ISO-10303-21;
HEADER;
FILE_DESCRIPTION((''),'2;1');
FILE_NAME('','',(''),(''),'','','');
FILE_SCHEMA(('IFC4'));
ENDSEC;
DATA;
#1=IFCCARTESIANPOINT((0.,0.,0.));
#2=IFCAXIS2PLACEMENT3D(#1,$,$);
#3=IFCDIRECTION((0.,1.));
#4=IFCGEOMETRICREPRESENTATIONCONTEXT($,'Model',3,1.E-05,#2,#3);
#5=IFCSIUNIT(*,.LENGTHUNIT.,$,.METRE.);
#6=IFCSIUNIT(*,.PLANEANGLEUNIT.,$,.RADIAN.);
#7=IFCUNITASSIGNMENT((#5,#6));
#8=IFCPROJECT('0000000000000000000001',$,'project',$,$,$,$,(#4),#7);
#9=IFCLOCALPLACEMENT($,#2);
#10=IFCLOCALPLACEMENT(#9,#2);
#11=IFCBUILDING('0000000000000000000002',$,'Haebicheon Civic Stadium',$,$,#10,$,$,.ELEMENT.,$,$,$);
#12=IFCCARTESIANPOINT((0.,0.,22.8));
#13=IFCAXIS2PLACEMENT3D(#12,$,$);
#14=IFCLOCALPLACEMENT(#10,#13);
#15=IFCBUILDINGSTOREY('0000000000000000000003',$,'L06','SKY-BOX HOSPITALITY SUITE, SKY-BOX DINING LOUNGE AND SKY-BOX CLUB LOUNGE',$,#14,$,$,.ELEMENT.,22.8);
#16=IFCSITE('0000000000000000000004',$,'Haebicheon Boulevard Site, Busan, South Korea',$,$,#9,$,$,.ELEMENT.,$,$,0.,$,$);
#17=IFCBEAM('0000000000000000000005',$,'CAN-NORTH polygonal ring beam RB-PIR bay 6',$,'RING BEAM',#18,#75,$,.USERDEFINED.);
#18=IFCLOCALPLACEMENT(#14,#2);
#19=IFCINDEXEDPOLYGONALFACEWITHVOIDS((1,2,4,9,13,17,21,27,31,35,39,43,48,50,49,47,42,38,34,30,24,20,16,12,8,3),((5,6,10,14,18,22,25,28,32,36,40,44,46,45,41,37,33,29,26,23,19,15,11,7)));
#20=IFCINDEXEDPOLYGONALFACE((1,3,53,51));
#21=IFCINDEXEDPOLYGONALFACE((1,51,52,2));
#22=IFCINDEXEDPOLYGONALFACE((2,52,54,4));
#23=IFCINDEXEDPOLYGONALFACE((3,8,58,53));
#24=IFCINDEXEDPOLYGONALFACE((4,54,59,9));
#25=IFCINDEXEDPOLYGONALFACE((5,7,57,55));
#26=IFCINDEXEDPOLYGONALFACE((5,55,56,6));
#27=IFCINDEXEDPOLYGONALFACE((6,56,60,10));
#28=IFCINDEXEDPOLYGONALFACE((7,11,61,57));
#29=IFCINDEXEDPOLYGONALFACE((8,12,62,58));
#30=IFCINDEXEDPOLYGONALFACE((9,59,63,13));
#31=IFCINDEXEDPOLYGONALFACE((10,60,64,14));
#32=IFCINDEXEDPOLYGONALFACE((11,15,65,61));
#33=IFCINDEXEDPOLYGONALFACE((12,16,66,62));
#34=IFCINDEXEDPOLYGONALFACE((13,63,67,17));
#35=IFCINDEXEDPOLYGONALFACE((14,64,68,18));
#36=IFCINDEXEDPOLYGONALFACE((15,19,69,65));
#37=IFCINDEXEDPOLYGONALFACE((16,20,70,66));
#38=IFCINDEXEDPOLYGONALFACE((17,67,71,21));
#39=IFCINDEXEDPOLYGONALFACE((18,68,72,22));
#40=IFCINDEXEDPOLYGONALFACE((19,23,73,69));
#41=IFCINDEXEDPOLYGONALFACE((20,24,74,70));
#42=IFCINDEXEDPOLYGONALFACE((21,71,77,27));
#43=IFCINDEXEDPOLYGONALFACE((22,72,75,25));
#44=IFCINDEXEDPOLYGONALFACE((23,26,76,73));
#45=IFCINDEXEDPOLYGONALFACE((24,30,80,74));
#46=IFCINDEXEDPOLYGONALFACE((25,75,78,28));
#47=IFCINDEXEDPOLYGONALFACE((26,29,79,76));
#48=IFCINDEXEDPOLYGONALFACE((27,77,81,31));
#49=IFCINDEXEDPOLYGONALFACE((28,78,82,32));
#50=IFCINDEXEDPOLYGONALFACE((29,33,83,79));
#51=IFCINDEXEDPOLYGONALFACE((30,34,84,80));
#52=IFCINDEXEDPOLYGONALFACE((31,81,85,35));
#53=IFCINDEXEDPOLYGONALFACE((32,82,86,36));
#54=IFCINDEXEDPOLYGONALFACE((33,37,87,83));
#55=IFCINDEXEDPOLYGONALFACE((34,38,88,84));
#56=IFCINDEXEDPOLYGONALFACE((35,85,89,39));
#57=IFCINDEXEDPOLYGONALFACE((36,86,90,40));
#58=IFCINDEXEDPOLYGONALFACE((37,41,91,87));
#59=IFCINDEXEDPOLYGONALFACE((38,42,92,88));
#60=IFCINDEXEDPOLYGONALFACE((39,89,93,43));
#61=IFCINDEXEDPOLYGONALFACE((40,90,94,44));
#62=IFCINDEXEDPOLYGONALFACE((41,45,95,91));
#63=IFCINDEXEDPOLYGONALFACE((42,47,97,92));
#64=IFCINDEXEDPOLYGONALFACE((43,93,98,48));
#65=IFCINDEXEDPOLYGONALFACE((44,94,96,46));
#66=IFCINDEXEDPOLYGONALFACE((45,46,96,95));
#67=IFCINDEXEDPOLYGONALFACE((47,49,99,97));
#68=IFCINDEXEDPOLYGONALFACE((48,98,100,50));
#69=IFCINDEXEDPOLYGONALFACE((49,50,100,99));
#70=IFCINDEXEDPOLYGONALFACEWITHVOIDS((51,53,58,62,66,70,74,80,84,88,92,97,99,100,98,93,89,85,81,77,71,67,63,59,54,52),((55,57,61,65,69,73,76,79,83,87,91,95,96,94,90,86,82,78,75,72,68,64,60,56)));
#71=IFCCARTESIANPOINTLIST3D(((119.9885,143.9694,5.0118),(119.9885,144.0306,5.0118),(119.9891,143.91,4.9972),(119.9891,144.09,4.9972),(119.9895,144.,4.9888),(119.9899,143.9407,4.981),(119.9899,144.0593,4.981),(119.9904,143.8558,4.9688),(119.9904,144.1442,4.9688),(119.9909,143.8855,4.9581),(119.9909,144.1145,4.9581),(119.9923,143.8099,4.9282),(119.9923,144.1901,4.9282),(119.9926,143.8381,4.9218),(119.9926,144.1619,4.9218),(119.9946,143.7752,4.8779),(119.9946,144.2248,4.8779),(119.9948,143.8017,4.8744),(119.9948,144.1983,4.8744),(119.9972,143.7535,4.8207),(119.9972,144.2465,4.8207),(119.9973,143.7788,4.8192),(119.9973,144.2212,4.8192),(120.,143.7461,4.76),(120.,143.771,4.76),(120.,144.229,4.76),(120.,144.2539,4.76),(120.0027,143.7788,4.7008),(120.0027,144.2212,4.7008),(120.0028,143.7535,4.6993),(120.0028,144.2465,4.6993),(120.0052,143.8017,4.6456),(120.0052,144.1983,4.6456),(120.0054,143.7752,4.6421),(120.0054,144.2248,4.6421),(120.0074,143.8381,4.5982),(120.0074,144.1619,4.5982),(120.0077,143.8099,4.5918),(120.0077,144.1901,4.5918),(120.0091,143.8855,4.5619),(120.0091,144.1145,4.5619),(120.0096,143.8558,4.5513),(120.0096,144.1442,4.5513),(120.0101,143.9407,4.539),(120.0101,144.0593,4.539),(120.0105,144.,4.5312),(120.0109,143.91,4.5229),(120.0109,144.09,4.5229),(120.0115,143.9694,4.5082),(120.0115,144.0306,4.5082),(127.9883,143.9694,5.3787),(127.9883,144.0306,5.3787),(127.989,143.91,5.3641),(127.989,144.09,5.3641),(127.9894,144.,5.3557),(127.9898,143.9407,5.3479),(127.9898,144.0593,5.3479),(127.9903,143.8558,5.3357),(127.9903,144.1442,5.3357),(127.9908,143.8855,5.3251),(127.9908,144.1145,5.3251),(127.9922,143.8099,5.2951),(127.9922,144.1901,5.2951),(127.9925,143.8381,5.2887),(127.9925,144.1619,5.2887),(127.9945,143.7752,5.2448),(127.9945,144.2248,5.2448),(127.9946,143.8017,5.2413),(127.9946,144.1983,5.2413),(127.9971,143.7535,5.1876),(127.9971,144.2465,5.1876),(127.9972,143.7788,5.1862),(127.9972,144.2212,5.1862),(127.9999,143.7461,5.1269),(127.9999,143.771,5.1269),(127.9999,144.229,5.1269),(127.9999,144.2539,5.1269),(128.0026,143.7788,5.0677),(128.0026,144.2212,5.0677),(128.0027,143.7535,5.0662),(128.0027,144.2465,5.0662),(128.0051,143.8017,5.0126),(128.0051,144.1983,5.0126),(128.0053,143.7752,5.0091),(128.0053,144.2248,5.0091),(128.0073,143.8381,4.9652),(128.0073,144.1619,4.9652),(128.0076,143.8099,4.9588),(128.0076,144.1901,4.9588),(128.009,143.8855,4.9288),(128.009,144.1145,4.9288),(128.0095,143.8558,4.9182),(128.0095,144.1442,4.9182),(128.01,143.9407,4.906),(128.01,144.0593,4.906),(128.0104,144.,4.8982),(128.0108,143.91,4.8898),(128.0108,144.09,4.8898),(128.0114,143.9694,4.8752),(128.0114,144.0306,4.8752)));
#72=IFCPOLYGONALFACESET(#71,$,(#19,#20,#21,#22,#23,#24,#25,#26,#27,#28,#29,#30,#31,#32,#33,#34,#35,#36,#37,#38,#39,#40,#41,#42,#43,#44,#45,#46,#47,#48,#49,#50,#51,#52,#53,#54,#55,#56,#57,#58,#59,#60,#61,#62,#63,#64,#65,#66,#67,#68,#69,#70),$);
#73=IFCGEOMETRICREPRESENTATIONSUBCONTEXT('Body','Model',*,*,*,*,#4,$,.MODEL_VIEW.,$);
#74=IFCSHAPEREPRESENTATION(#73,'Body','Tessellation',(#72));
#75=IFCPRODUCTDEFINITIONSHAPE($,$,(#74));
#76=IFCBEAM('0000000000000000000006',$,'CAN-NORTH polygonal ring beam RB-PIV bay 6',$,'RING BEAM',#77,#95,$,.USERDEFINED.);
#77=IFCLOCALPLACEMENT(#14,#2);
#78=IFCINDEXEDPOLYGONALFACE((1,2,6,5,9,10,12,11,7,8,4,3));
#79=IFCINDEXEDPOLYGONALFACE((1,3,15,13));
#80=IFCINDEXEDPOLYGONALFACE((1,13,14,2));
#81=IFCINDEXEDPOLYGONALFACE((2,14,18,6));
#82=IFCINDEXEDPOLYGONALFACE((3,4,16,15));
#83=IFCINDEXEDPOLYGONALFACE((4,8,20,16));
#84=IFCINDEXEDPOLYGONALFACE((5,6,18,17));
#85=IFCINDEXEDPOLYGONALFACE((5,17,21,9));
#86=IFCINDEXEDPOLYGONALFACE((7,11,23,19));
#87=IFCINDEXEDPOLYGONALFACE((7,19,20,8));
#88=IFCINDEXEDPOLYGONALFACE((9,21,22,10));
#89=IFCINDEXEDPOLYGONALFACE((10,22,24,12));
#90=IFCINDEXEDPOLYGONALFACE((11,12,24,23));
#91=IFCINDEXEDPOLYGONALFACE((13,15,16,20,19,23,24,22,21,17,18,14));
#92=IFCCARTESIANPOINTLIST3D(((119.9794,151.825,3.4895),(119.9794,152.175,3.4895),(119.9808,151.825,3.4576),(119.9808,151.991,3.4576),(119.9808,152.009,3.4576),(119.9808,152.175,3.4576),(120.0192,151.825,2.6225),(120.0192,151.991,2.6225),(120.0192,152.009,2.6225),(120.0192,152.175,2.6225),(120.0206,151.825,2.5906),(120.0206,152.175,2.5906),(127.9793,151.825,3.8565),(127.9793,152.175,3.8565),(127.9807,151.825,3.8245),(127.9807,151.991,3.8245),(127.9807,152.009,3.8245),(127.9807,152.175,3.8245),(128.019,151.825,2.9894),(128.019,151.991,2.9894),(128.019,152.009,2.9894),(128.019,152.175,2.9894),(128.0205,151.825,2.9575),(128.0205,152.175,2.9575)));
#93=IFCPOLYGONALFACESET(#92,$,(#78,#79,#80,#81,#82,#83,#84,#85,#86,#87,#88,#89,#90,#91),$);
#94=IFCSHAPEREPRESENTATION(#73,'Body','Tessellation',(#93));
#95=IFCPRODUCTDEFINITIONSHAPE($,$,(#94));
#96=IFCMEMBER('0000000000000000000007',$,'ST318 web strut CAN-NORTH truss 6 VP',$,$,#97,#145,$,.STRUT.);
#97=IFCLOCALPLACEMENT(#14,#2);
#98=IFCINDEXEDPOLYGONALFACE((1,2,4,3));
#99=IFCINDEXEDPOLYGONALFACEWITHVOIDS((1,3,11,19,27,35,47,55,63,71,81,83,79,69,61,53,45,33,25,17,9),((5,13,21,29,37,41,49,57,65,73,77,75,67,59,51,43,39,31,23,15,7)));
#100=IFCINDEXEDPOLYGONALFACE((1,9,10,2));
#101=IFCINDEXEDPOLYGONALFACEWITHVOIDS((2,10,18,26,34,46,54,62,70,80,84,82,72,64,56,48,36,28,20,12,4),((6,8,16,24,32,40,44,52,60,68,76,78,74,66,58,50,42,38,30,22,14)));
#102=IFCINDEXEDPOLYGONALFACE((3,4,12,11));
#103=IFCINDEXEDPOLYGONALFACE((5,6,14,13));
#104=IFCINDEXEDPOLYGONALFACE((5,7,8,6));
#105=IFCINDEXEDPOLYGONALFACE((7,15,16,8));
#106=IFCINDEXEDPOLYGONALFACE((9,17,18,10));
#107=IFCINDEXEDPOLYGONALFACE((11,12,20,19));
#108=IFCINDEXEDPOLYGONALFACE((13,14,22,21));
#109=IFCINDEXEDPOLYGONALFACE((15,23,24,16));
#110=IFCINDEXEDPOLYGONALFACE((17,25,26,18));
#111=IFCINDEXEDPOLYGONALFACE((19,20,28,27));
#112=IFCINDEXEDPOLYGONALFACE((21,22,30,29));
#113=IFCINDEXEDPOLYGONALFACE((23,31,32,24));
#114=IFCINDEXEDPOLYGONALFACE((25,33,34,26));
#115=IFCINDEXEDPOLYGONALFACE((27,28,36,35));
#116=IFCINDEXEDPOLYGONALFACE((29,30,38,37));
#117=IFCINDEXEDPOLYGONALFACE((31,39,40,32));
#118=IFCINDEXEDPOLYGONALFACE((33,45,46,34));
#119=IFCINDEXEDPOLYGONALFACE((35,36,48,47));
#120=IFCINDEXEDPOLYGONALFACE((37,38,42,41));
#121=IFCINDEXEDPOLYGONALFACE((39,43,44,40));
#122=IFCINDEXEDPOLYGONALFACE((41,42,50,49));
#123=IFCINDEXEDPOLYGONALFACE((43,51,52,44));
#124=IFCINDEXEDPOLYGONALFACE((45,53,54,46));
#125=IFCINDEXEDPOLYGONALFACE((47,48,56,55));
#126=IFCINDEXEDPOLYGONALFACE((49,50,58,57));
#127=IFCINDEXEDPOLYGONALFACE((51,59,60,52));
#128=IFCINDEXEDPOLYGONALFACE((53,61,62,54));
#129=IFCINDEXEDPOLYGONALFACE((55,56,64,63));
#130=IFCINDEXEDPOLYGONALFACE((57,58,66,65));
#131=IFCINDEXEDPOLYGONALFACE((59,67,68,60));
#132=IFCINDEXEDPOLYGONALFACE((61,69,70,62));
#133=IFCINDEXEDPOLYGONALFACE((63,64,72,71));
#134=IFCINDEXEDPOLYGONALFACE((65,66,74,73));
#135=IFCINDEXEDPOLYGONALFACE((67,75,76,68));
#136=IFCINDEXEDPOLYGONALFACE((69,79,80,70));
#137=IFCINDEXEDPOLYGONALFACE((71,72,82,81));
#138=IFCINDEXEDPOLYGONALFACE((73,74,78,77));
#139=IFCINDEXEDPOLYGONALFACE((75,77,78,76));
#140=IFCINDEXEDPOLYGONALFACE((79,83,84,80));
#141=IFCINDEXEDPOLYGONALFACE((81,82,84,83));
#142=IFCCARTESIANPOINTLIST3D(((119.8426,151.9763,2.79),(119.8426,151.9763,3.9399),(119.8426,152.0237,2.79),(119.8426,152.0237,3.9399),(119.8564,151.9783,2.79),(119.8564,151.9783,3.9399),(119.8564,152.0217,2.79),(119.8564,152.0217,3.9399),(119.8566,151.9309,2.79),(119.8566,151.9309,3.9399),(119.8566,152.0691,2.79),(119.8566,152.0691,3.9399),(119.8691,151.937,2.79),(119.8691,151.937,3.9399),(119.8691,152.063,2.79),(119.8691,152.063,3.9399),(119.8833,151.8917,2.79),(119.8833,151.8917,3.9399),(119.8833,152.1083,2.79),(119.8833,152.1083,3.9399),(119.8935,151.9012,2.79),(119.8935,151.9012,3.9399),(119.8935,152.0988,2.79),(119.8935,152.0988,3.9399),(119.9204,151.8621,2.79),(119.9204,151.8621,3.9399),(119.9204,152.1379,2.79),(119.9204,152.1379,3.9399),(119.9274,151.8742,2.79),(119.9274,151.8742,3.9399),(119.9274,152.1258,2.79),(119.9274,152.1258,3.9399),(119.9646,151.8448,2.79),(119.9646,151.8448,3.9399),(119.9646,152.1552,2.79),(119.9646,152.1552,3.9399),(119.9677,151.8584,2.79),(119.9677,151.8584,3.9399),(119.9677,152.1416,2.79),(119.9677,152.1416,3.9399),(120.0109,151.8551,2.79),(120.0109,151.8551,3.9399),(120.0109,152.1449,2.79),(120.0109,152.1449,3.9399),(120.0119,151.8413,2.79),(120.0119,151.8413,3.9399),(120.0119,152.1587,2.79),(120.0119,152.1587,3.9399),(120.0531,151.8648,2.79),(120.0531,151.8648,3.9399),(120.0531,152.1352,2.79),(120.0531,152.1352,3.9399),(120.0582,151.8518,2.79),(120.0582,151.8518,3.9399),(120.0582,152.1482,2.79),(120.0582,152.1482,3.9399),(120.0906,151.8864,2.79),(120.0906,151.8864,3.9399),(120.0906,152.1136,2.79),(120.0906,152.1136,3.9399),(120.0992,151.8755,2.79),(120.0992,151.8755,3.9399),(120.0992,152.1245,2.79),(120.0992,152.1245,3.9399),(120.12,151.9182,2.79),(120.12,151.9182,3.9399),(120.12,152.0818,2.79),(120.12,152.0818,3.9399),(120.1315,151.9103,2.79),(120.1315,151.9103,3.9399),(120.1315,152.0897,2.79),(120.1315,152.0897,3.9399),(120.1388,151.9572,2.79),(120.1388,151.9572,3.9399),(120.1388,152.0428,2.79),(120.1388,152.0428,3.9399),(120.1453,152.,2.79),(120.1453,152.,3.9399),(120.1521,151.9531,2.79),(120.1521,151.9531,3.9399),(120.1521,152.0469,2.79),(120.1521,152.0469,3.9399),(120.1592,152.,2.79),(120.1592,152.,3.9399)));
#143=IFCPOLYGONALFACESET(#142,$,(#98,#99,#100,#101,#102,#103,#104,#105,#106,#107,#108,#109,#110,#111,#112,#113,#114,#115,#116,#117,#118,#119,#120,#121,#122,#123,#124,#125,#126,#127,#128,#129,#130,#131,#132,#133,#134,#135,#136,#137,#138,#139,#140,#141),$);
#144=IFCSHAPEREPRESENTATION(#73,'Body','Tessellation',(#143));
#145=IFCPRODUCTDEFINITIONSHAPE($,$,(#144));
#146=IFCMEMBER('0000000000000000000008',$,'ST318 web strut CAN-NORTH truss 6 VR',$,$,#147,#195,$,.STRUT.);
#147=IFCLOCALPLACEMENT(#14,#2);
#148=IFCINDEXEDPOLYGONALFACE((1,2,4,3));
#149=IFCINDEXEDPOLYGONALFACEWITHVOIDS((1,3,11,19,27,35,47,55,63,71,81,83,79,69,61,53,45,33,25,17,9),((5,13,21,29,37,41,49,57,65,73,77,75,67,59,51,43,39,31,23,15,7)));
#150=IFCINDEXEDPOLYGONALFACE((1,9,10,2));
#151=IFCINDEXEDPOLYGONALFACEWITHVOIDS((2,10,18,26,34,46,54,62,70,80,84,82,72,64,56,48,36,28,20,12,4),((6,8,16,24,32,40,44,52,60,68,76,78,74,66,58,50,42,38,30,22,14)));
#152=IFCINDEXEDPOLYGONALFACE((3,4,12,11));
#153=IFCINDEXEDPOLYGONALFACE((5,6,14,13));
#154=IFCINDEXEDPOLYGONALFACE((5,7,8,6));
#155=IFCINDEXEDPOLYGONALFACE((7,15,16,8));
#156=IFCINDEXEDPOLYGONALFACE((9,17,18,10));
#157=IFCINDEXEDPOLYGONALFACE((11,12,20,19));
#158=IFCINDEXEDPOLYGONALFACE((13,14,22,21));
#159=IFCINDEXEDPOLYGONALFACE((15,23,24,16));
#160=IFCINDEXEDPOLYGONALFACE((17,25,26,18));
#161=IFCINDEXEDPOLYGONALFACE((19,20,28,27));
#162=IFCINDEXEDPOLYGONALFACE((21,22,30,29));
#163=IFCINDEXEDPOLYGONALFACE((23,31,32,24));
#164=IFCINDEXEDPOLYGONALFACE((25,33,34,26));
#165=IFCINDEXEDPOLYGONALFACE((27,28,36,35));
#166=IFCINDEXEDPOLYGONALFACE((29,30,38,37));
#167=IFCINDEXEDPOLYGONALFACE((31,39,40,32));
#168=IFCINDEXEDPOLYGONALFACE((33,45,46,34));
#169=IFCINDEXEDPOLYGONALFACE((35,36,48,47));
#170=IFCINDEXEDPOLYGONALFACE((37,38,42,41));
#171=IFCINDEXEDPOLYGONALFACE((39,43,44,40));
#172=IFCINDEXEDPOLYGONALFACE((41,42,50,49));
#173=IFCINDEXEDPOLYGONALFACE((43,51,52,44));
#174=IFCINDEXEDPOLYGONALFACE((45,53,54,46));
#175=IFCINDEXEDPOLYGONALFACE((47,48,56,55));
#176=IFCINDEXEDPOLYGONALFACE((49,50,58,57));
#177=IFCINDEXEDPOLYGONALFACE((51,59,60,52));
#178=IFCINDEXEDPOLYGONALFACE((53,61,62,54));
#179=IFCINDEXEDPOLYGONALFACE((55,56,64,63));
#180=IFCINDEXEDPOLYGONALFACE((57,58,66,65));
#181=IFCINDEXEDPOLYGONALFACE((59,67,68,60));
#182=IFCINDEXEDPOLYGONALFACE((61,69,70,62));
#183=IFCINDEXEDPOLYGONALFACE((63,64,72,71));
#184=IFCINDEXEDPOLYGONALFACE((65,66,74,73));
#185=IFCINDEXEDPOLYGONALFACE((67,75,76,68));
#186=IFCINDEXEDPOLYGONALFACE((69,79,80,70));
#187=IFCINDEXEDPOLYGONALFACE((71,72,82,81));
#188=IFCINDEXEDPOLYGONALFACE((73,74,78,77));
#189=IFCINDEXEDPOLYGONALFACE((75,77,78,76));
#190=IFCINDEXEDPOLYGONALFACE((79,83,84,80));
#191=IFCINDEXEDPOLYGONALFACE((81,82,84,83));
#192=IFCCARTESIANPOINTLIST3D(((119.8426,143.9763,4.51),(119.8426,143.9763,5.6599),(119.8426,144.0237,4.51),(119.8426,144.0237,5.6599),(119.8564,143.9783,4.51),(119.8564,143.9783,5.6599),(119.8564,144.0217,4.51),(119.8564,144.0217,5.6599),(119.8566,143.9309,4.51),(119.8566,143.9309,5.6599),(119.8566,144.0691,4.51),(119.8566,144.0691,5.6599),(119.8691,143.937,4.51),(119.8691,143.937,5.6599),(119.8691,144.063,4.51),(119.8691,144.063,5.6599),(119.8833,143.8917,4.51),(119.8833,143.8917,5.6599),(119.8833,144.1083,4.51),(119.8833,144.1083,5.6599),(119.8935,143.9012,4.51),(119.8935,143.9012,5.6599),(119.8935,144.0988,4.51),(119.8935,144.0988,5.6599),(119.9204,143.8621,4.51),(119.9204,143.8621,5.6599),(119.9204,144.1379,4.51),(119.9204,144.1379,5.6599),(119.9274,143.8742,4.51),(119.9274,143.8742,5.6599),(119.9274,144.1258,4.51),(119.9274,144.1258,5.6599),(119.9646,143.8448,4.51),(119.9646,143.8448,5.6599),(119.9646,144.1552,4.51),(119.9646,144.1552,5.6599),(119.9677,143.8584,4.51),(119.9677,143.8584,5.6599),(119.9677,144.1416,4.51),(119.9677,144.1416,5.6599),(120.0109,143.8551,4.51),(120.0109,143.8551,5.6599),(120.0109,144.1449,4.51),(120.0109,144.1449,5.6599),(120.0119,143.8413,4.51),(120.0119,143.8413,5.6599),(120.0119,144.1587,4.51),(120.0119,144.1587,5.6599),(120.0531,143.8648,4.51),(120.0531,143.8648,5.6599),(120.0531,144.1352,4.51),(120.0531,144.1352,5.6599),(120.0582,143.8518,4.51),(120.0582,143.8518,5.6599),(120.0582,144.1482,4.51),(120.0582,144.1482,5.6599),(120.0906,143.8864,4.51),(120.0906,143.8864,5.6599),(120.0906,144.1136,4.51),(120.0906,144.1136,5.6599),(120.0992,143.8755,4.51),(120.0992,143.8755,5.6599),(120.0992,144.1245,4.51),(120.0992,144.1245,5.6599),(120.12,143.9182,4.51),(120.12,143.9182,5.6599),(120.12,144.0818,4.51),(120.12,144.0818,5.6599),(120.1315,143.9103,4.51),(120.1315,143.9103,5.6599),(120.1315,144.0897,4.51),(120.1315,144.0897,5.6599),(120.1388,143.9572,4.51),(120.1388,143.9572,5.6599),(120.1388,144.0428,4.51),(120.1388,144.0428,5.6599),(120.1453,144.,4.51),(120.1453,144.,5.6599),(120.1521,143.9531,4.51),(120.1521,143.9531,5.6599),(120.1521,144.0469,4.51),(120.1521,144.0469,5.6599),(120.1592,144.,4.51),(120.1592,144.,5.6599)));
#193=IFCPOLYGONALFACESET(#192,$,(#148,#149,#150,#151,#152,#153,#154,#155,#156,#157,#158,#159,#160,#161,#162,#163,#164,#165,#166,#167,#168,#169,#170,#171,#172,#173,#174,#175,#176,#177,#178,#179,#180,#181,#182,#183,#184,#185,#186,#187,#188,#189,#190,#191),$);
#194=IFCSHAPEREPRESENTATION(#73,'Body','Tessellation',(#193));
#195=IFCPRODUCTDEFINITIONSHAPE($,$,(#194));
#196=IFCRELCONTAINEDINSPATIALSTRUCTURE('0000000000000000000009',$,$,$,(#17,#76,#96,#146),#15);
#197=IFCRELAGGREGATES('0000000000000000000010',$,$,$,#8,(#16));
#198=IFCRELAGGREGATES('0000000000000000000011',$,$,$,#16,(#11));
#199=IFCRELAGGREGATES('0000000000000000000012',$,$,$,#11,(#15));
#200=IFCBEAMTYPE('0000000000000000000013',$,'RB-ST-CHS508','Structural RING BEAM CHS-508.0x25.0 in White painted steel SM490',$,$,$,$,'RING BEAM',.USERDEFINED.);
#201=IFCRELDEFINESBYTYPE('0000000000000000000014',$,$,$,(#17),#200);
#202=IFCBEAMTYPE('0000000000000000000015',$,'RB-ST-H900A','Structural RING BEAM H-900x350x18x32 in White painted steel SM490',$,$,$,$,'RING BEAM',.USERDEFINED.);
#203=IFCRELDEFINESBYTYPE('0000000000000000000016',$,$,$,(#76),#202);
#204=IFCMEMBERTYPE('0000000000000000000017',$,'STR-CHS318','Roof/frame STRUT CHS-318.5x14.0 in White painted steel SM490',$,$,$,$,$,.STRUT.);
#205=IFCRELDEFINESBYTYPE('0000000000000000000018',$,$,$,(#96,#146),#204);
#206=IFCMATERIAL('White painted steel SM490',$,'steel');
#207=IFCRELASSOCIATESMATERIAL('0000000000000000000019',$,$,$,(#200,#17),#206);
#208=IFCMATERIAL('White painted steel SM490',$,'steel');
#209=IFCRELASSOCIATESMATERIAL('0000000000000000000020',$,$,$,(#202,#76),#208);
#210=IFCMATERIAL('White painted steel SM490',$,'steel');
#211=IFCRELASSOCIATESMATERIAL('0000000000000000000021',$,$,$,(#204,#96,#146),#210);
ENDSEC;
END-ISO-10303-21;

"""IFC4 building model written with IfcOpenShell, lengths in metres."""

from ifc_helpers import new_model, si_unit, direction, frame, origin, origin_2d, place, context, subcontext, project, spatial, hollow_circle, i_section, extrude, material, material_profile, profile_set, type_object, element, save


model = new_model("IFC4")

# Units and contexts
model_context = context("Model", 3, precision=1e-05, world=origin(), true_north=direction((0.0, 1.0)))
body_context = subcontext(model_context, "Body", "Model", "MODEL_VIEW")
ifc_project = project(units=[si_unit("LENGTHUNIT", "METRE"), si_unit("PLANEANGLEUNIT", "RADIAN")], contexts=[model_context])

# Site, building, storey
site_placement = place(None, origin())
site = spatial("IfcSite", under=ifc_project, at=site_placement, Name="Haebicheon Boulevard Site, Busan, South Korea", CompositionType="ELEMENT", RefElevation=0.0)
building_placement = place(site_placement, origin())
building = spatial("IfcBuilding", under=site, at=building_placement, Name="Haebicheon Civic Stadium", CompositionType="ELEMENT")
storey_placement = place(building_placement, frame((0.0, 0.0, 22.8)))
storey = spatial("IfcBuildingStorey", under=building, at=storey_placement, Name="L06", Description="SKY-BOX HOSPITALITY SUITE, SKY-BOX DINING LOUNGE AND SKY-BOX CLUB LOUNGE", CompositionType="ELEMENT", Elevation=22.8)

# Beams
ifc_material_1 = material(Name="White painted steel SM490", Category="steel")
ifc_material_profile_1 = material_profile(ifc_material_1, hollow_circle(Radius=0.2539, WallThickness=0.0249, at=origin_2d()), Name="CHS-508.0x25.0")
ifc_profile_set_1 = profile_set([ifc_material_profile_1], Name="White painted steel SM490")
beam_type_1 = type_object("IfcBeamType", Name="RB-ST-CHS508", Description="Structural RING BEAM CHS-508.0x25.0 in White painted steel SM490", ElementType="RING BEAM", PredefinedType="USERDEFINED", material=ifc_profile_set_1)
beam_1_placement = place(storey_placement, frame((120.0, 144.0, 4.76), z_axis=(0.99895, 0.0, 0.04582), x_axis=(0.0, 1.0, 0.0)))
element("IfcBeam", 1, at=beam_1_placement, inside=storey, type_object=beam_type_1, material=ifc_profile_set_1, Name="CAN-NORTH polygonal ring beam RB-PIR bay 6", ObjectType="RING BEAM", PredefinedType="USERDEFINED", context=body_context, shape_type="SweptSolid", body=[
    extrude(hollow_circle(Radius=0.2539, WallThickness=0.0249, at=origin_2d()), origin(), (0.0, 0.0, 1.0), 8.0083),
])
ifc_material_2 = material(Name="White painted steel SM490", Category="steel")
ifc_material_profile_2 = material_profile(ifc_material_2, i_section(OverallWidth=0.3501, OverallDepth=0.8999, WebThickness=0.0181, FlangeThickness=0.032, at=origin_2d()), Name="H-900x350x18x32")
ifc_profile_set_2 = profile_set([ifc_material_profile_2], Name="White painted steel SM490")
beam_type_2 = type_object("IfcBeamType", Name="RB-ST-H900A", Description="Structural RING BEAM H-900x350x18x32 in White painted steel SM490", ElementType="RING BEAM", PredefinedType="USERDEFINED", material=ifc_profile_set_2)
beam_2_placement = place(storey_placement, frame((120.0, 152.0, 3.04), z_axis=(0.99895, 0.0, 0.04582), x_axis=(0.0, 1.0, 0.0)))
element("IfcBeam", 2, at=beam_2_placement, inside=storey, type_object=beam_type_2, material=ifc_profile_set_2, Name="CAN-NORTH polygonal ring beam RB-PIV bay 6", ObjectType="RING BEAM", PredefinedType="USERDEFINED", context=body_context, shape_type="SweptSolid", body=[
    extrude(i_section(OverallWidth=0.3501, OverallDepth=0.8999, WebThickness=0.0181, FlangeThickness=0.032, at=origin_2d()), origin(), (0.0, 0.0, 1.0), 8.0083),
])

# Members
ifc_material_3 = material(Name="White painted steel SM490", Category="steel")
ifc_material_profile_3 = material_profile(ifc_material_3, hollow_circle(Radius=0.1592, WallThickness=0.0139, at=origin_2d()), Name="CHS-318.5x14.0")
ifc_profile_set_3 = profile_set([ifc_material_profile_3], Name="White painted steel SM490")
member_type_1 = type_object("IfcMemberType", Name="STR-CHS318", Description="Roof/frame STRUT CHS-318.5x14.0 in White painted steel SM490", PredefinedType="STRUT", material=ifc_profile_set_3)
for number, where, z_axis, x_axis, name in (
    (3, (120.0, 152.0, 2.79), (0.0, 0.0, 1.0), (1.0, 0.0, 0.0), "ST318 web strut CAN-NORTH truss 6 VP"),
    (4, (120.0, 144.0, 4.51), (0.0, 0.0, 1.0), (1.0, 0.0, 0.0), "ST318 web strut CAN-NORTH truss 6 VR"),
):
    element("IfcMember", number, at=place(storey_placement, frame(where, z_axis=z_axis, x_axis=x_axis)), inside=storey, type_object=member_type_1, material=ifc_profile_set_3, Name=name, PredefinedType="STRUT", context=body_context, shape_type="SweptSolid", body=[
        extrude(hollow_circle(Radius=0.1592, WallThickness=0.0139, at=origin_2d()), origin(), (0.0, 0.0, 1.0), 1.1499),
    ])

save(model, "model.ifc")
